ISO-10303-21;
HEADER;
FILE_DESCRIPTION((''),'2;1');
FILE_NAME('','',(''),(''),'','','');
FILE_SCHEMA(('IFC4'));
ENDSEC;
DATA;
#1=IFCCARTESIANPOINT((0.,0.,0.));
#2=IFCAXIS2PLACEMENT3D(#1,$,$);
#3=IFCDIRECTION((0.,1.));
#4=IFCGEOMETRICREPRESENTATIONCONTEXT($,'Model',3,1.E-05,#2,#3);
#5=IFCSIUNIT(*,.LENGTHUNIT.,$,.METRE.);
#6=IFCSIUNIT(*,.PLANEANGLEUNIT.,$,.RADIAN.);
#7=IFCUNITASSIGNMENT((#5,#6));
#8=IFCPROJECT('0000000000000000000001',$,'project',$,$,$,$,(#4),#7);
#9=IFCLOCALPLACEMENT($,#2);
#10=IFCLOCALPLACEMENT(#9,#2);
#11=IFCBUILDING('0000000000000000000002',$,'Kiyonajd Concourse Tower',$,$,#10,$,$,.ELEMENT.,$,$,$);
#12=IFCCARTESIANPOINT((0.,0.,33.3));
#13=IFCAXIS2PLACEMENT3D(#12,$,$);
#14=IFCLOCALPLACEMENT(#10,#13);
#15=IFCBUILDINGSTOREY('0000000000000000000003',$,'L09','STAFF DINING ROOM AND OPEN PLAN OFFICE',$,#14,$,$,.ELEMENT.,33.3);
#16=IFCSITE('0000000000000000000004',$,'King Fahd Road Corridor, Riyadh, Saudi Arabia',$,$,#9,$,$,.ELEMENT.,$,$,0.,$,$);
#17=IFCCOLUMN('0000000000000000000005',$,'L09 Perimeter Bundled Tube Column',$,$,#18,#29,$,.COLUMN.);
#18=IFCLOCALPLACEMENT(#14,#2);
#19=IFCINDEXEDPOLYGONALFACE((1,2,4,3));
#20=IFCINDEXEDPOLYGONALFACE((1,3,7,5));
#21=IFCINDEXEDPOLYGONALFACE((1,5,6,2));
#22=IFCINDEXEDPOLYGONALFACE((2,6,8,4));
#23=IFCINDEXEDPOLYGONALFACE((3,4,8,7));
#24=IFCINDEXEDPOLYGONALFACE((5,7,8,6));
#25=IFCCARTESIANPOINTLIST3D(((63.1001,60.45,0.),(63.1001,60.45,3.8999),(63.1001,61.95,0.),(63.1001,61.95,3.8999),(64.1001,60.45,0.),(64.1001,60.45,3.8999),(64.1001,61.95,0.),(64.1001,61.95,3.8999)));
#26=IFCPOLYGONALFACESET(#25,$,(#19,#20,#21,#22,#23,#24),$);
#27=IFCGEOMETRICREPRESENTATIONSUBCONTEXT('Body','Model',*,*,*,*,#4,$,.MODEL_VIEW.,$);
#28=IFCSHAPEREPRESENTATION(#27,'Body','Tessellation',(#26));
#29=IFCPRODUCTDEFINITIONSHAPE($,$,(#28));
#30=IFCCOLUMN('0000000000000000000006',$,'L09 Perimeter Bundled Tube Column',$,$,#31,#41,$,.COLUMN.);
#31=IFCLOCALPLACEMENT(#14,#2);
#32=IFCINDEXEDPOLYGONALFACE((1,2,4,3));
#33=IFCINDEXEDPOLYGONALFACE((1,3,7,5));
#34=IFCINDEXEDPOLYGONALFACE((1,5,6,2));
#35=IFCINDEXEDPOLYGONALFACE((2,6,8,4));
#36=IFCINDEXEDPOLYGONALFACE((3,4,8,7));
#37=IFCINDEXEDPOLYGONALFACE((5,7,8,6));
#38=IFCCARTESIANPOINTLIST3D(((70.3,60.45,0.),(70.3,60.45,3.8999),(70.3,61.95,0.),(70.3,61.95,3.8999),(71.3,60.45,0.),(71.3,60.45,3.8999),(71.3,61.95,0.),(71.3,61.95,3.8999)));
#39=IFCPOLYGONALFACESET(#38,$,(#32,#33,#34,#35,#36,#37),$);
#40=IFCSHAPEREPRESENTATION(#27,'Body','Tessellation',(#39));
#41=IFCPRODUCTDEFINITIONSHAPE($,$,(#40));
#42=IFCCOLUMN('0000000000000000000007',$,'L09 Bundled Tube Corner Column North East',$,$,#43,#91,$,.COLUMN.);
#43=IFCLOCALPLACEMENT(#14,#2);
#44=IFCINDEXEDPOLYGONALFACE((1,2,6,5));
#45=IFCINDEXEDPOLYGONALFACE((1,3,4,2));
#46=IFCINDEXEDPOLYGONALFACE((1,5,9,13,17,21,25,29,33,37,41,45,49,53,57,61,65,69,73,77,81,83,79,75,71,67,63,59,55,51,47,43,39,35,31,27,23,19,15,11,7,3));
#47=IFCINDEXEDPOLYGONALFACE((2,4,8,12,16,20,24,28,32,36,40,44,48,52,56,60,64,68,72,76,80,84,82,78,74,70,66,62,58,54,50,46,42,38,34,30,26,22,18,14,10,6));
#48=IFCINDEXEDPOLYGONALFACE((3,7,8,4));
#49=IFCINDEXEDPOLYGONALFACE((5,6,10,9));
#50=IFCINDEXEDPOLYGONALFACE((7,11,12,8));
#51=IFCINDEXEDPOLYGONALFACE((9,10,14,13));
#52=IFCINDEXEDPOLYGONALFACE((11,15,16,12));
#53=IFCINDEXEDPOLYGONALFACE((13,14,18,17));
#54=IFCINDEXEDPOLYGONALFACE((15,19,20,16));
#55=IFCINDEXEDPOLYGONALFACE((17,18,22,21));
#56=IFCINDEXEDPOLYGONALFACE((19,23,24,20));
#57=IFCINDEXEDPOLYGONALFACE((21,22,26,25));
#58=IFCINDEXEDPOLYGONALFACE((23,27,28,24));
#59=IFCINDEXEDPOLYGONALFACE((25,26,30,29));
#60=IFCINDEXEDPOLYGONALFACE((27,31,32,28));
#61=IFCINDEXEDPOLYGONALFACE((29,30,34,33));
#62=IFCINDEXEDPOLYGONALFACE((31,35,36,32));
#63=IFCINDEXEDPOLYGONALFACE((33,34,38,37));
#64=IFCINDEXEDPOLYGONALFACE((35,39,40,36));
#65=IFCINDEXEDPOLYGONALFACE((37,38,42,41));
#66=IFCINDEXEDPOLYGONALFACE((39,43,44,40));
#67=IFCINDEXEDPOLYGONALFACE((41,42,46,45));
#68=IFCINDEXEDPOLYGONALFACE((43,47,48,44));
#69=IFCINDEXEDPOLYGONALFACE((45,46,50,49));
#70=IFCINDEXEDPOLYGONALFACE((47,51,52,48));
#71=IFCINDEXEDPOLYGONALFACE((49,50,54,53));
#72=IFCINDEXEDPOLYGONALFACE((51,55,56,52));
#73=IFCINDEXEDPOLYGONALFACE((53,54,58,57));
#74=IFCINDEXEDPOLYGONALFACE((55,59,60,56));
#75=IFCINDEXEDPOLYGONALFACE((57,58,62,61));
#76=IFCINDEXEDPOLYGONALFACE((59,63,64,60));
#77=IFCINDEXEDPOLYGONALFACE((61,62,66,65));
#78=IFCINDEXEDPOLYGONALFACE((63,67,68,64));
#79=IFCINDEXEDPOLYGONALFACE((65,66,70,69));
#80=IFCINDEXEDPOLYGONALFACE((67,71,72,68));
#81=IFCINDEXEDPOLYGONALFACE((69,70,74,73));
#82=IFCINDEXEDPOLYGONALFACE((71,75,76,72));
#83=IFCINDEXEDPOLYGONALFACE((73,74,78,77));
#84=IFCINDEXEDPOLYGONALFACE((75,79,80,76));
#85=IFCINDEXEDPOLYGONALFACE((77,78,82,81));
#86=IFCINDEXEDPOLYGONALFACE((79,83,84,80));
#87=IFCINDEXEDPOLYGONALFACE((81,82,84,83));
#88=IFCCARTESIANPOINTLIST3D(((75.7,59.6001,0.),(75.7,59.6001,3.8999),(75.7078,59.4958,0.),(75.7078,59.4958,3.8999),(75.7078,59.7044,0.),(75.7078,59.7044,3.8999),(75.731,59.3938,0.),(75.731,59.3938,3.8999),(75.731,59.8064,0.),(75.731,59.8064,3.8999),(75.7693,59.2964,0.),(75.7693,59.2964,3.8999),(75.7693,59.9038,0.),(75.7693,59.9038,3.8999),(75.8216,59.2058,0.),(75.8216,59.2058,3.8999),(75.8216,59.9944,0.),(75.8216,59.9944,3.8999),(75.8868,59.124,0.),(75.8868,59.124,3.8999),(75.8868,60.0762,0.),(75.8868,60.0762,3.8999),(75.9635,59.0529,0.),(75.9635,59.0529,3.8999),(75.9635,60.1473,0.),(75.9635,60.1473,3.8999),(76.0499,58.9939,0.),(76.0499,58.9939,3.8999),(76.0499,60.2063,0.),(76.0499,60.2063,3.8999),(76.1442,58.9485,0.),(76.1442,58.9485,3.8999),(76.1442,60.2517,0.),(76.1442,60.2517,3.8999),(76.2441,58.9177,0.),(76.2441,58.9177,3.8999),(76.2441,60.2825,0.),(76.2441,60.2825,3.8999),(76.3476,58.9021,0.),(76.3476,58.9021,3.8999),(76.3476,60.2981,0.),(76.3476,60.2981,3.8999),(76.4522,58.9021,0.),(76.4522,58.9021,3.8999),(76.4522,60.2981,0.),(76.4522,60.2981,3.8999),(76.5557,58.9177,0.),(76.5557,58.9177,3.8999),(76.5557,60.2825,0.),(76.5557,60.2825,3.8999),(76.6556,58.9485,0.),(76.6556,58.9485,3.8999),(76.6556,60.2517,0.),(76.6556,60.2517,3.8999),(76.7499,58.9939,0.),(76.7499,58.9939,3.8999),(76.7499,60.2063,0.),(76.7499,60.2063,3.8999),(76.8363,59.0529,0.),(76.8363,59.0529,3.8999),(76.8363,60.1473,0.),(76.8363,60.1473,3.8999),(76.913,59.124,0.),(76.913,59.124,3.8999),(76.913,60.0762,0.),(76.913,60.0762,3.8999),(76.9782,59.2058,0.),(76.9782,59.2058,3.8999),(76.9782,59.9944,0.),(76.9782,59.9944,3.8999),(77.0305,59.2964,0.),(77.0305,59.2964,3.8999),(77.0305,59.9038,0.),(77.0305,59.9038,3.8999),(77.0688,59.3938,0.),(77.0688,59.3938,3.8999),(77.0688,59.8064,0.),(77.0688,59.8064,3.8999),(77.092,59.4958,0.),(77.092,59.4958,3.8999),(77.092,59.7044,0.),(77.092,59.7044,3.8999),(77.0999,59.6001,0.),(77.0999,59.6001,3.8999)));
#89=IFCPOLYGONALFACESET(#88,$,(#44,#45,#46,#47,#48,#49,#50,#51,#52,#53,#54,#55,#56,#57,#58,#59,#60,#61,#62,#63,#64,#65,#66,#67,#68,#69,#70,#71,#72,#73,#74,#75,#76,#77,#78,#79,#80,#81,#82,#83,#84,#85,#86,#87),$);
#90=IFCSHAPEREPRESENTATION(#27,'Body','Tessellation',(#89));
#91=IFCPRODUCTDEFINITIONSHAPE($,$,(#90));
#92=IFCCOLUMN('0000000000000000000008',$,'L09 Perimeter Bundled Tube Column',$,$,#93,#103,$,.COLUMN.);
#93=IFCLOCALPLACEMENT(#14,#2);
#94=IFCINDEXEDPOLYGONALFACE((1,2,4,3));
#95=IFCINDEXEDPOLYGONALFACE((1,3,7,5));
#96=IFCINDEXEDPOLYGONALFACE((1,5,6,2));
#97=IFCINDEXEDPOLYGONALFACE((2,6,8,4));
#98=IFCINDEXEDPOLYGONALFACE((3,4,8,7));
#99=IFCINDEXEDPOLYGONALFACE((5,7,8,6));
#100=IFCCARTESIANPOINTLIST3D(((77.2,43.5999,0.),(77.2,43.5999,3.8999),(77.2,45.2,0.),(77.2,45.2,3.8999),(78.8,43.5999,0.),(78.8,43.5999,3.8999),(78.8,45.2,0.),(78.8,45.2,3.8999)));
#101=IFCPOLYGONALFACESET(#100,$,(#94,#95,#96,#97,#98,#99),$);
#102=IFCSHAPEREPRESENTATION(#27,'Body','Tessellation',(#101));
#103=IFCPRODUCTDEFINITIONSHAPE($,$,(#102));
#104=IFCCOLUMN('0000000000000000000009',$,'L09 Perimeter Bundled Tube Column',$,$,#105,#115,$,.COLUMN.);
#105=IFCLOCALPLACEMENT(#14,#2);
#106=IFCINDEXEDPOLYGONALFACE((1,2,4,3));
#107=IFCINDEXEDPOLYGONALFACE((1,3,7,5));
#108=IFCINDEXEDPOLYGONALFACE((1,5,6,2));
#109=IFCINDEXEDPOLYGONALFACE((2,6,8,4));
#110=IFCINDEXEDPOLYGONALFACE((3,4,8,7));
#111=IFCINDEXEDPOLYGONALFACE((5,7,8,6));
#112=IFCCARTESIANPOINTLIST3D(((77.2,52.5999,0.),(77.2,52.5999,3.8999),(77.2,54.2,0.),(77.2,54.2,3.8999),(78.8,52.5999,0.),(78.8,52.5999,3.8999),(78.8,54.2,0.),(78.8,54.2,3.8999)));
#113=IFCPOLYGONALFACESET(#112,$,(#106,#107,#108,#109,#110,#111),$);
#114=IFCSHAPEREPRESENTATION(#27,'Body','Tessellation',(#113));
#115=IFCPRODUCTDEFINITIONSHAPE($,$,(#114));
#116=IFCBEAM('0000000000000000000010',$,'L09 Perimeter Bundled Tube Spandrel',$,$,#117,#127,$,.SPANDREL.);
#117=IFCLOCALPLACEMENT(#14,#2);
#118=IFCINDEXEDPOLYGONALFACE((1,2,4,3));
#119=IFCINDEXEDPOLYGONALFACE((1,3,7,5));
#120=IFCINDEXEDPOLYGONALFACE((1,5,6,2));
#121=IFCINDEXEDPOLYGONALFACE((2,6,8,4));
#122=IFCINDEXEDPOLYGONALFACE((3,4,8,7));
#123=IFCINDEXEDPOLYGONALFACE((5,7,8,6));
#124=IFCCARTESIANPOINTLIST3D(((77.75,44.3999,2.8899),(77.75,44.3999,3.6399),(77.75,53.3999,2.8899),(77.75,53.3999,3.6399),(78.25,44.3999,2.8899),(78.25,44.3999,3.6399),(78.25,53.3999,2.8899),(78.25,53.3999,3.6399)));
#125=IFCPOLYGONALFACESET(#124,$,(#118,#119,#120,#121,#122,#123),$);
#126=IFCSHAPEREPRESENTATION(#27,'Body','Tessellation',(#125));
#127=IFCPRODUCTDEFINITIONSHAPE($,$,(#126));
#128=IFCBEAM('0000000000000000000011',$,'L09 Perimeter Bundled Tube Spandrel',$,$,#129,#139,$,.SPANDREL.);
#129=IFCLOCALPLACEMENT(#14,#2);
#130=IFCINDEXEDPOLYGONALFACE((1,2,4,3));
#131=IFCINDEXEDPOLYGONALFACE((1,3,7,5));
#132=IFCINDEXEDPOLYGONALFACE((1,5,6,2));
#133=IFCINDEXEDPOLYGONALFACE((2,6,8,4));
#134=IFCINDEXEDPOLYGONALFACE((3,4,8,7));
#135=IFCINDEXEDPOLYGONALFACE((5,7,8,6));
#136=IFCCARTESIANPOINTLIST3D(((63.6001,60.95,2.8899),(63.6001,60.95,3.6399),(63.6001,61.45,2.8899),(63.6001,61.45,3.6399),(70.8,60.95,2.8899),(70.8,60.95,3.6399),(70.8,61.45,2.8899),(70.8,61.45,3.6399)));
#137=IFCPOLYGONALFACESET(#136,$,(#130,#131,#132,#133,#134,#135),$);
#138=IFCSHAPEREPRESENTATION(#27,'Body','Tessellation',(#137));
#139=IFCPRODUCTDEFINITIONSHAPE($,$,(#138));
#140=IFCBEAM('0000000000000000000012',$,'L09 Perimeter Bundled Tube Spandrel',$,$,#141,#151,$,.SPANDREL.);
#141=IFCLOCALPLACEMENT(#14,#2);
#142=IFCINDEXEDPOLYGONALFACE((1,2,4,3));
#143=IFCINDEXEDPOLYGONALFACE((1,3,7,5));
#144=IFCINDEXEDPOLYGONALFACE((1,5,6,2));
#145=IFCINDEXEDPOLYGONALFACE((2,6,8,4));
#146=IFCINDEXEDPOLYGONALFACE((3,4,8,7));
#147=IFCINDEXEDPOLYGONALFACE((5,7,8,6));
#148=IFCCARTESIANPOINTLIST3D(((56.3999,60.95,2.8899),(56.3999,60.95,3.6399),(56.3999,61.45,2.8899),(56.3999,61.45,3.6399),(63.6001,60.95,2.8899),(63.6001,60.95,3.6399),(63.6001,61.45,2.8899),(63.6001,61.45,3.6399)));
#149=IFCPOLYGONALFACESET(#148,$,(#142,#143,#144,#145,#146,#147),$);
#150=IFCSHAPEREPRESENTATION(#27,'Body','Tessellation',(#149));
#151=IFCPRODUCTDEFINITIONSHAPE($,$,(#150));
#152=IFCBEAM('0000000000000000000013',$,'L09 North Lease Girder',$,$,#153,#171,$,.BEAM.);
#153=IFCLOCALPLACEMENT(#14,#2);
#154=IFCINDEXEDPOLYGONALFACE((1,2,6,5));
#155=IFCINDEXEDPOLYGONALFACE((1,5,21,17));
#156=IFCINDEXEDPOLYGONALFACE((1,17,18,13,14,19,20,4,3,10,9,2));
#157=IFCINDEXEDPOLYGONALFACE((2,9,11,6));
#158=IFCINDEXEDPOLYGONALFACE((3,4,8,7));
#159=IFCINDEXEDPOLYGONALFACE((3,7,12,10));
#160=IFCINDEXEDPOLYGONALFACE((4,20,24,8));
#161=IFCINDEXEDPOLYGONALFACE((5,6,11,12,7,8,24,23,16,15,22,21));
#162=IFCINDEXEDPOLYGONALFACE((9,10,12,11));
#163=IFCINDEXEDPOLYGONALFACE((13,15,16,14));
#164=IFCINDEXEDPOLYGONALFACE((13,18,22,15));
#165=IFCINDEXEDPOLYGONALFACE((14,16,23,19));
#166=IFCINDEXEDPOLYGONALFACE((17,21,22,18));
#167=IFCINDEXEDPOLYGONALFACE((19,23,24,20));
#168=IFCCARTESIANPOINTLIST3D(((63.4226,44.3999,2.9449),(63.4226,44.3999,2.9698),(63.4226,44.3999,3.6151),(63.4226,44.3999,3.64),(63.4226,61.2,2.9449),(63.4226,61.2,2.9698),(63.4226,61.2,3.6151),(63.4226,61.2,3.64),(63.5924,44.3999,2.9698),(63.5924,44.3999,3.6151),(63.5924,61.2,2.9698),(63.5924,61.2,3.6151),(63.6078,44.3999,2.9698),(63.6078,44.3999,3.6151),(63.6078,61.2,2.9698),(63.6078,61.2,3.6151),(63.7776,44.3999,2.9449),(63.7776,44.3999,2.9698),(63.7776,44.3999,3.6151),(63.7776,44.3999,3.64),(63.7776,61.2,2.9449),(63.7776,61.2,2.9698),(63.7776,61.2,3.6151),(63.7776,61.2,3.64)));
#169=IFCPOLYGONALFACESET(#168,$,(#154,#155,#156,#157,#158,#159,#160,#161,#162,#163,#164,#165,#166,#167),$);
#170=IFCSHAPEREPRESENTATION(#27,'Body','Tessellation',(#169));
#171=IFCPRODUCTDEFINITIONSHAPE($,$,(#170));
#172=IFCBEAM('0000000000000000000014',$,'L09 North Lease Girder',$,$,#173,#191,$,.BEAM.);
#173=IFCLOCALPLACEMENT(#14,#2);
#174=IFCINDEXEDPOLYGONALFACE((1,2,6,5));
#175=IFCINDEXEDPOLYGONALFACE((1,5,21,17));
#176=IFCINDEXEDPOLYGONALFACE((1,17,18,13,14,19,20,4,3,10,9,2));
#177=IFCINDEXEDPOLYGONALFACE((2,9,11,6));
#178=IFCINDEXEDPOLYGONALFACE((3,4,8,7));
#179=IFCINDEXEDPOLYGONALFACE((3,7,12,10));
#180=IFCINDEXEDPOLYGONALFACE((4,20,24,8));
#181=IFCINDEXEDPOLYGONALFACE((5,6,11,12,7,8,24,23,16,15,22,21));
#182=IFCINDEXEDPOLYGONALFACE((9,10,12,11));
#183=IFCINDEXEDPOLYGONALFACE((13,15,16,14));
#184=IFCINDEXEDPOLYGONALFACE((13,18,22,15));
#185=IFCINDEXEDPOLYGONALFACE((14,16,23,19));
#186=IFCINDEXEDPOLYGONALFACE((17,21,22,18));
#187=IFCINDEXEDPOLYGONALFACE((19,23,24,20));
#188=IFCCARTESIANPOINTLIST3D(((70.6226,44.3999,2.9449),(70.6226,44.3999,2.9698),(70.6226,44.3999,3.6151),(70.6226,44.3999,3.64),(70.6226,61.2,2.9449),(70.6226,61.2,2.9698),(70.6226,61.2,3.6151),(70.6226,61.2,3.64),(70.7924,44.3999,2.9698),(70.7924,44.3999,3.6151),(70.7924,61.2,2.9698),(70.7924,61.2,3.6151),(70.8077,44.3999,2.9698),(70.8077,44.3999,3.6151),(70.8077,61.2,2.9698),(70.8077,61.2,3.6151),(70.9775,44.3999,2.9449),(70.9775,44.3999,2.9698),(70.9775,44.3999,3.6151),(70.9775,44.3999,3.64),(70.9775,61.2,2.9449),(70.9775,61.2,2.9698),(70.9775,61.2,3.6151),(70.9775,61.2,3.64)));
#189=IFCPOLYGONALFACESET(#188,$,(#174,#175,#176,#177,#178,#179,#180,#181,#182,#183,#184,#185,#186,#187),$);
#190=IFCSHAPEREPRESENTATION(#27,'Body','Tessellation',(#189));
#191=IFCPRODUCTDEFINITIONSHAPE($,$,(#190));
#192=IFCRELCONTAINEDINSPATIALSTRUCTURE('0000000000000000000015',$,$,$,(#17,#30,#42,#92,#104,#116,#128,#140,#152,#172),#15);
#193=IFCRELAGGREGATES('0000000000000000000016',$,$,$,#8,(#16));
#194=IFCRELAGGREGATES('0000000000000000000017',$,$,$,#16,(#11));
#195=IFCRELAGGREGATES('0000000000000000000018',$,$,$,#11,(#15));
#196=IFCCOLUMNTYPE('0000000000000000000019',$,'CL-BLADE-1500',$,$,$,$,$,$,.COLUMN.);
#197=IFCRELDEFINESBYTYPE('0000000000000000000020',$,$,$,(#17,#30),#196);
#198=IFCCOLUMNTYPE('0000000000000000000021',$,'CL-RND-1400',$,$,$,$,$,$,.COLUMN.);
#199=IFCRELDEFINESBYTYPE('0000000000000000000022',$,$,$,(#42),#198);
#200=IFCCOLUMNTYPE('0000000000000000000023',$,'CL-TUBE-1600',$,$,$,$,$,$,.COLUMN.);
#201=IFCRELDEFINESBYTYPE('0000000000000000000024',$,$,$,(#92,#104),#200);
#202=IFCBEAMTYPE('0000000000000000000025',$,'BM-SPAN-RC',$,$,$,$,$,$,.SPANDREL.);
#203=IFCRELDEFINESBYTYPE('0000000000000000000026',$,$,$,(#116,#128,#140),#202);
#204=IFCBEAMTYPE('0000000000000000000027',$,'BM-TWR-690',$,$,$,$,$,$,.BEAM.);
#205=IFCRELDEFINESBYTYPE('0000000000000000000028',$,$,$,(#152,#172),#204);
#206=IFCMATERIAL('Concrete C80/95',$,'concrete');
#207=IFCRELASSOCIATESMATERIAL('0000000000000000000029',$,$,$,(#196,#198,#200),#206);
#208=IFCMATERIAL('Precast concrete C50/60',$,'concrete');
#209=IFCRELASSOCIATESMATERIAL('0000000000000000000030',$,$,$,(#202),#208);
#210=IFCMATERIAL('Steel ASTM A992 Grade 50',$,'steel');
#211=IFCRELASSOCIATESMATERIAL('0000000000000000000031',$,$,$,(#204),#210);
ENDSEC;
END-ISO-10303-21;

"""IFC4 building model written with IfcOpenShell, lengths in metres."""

from ifc_helpers import new_model, si_unit, direction, frame, origin, origin_2d, place, context, subcontext, project, spatial, rectangle, circle, i_section, extrude, material, material_profile, profile_set, type_object, element, save


model = new_model("IFC4")

# Units and contexts
model_context = context("Model", 3, precision=1e-05, world=origin(), true_north=direction((0.0, 1.0)))
body_context = subcontext(model_context, "Body", "Model", "MODEL_VIEW")
ifc_project = project(units=[si_unit("LENGTHUNIT", "METRE"), si_unit("PLANEANGLEUNIT", "RADIAN")], contexts=[model_context])

# Site, building, storey
site_placement = place(None, origin())
site = spatial("IfcSite", under=ifc_project, at=site_placement, Name="King Fahd Road Corridor, Riyadh, Saudi Arabia", CompositionType="ELEMENT", RefElevation=0.0)
building_placement = place(site_placement, origin())
building = spatial("IfcBuilding", under=site, at=building_placement, Name="Kiyonajd Concourse Tower", CompositionType="ELEMENT")
storey_placement = place(building_placement, frame((0.0, 0.0, 33.3)))
storey = spatial("IfcBuildingStorey", under=building, at=storey_placement, Name="L09", Description="STAFF DINING ROOM AND OPEN PLAN OFFICE", CompositionType="ELEMENT", Elevation=33.3)

# Columns
ifc_material_1 = material(Name="Concrete C80/95", Category="concrete")
ifc_material_profile_1 = material_profile(ifc_material_1, rectangle(XDim=1.0, YDim=1.5, at=origin_2d()), Name="RC-1500x1000")
ifc_profile_set_1 = profile_set([ifc_material_profile_1], Name="Concrete C80/95")
column_type_1 = type_object("IfcColumnType", Name="CL-BLADE-1500", PredefinedType="COLUMN", material=ifc_profile_set_1)
for number, where, z_axis, x_axis, name in (
    (1, (63.6001, 61.2, 0.0), (0.0, 0.0, 1.0), (1.0, 0.0, 0.0), "L09 Perimeter Bundled Tube Column"),
    (2, (70.8, 61.2, 0.0), (0.0, 0.0, 1.0), (1.0, 0.0, 0.0), "L09 Perimeter Bundled Tube Column"),
):
    element("IfcColumn", number, at=place(storey_placement, frame(where, z_axis=z_axis, x_axis=x_axis)), inside=storey, type_object=column_type_1, Name=name, PredefinedType="COLUMN", context=body_context, shape_type="SweptSolid", body=[
        extrude(rectangle(XDim=1.0, YDim=1.5, at=origin_2d()), origin(), (0.0, 0.0, 1.0), 3.8999),
    ])
ifc_material_profile_2 = material_profile(ifc_material_1, circle(Radius=0.7, at=origin_2d()), Name="RCC-D1400")
ifc_profile_set_2 = profile_set([ifc_material_profile_2], Name="Concrete C80/95")
column_type_2 = type_object("IfcColumnType", Name="CL-RND-1400", PredefinedType="COLUMN", material=ifc_profile_set_2)
column_placement = place(storey_placement, frame((76.3999, 59.6001, 0.0), z_axis=(0.0, 0.0, 1.0), x_axis=(1.0, 0.0, 0.0)))
element("IfcColumn", 3, at=column_placement, inside=storey, type_object=column_type_2, Name="L09 Bundled Tube Corner Column North East", PredefinedType="COLUMN", context=body_context, shape_type="SweptSolid", body=[
    extrude(circle(Radius=0.7, at=origin_2d()), origin(), (0.0, 0.0, 1.0), 3.8999),
])
ifc_material_profile_3 = material_profile(ifc_material_1, rectangle(XDim=1.6001, YDim=1.6001, at=origin_2d()), Name="RC-1600x1600")
ifc_profile_set_3 = profile_set([ifc_material_profile_3], Name="Concrete C80/95")
column_type_3 = type_object("IfcColumnType", Name="CL-TUBE-1600", PredefinedType="COLUMN", material=ifc_profile_set_3)
for number, where, z_axis, x_axis, name in (
    (4, (78.0, 44.3999, 0.0), (0.0, 0.0, 1.0), (1.0, 0.0, 0.0), "L09 Perimeter Bundled Tube Column"),
    (5, (78.0, 53.3999, 0.0), (0.0, 0.0, 1.0), (1.0, 0.0, 0.0), "L09 Perimeter Bundled Tube Column"),
):
    element("IfcColumn", number, at=place(storey_placement, frame(where, z_axis=z_axis, x_axis=x_axis)), inside=storey, type_object=column_type_3, Name=name, PredefinedType="COLUMN", context=body_context, shape_type="SweptSolid", body=[
        extrude(rectangle(XDim=1.6001, YDim=1.6001, at=origin_2d()), origin(), (0.0, 0.0, 1.0), 3.8999),
    ])

# Beams
ifc_material_2 = material(Name="Precast concrete C50/60", Category="concrete")
ifc_material_profile_4 = material_profile(ifc_material_2, rectangle(XDim=0.5, YDim=0.75, at=origin_2d()), Name="RCBM-500x750")
ifc_profile_set_4 = profile_set([ifc_material_profile_4], Name="Precast concrete C50/60")
beam_type_1 = type_object("IfcBeamType", Name="BM-SPAN-RC", PredefinedType="SPANDREL", material=ifc_profile_set_4)
beam_1_placement = place(storey_placement, frame((78.0, 44.3999, 3.2649), z_axis=(0.0, 1.0, 0.0), x_axis=(-1.0, 0.0, 0.0)))
element("IfcBeam", 6, at=beam_1_placement, inside=storey, type_object=beam_type_1, Name="L09 Perimeter Bundled Tube Spandrel", PredefinedType="SPANDREL", context=body_context, shape_type="SweptSolid", body=[
    extrude(rectangle(XDim=0.5, YDim=0.75, at=origin_2d()), origin(), (0.0, 0.0, 1.0), 9.0),
])
beam_2_placement = place(storey_placement, frame((70.8, 61.2, 3.2649), z_axis=(-1.0, 0.0, 0.0), x_axis=(0.0, -1.0, 0.0)))
element("IfcBeam", 7, at=beam_2_placement, inside=storey, type_object=beam_type_1, Name="L09 Perimeter Bundled Tube Spandrel", PredefinedType="SPANDREL", context=body_context, shape_type="SweptSolid", body=[
    extrude(rectangle(XDim=0.5, YDim=0.75, at=origin_2d()), origin(), (0.0, 0.0, 1.0), 7.2),
])
beam_3_placement = place(storey_placement, frame((63.6001, 61.2, 3.2649), z_axis=(-1.0, 0.0, 0.0), x_axis=(0.0, -1.0, 0.0)))
element("IfcBeam", 8, at=beam_3_placement, inside=storey, type_object=beam_type_1, Name="L09 Perimeter Bundled Tube Spandrel", PredefinedType="SPANDREL", context=body_context, shape_type="SweptSolid", body=[
    extrude(rectangle(XDim=0.5, YDim=0.75, at=origin_2d()), origin(), (0.0, 0.0, 1.0), 7.2002),
])
ifc_material_3 = material(Name="Steel ASTM A992 Grade 50", Category="steel")
ifc_material_profile_5 = material_profile(ifc_material_3, i_section(OverallWidth=0.355, OverallDepth=0.6951, WebThickness=0.0154, FlangeThickness=0.0249, at=origin_2d()), Name="W690X217")
ifc_profile_set_5 = profile_set([ifc_material_profile_5], Name="Steel ASTM A992 Grade 50")
beam_type_2 = type_object("IfcBeamType", Name="BM-TWR-690", PredefinedType="BEAM", material=ifc_profile_set_5)
for number, where, z_axis, x_axis, name in (
    (9, (63.6001, 44.3999, 3.2925), (0.0, 1.0, 0.0), (-1.0, 0.0, 0.0), "L09 North Lease Girder"),
    (10, (70.8, 44.3999, 3.2925), (0.0, 1.0, 0.0), (-1.0, 0.0, 0.0), "L09 North Lease Girder"),
):
    element("IfcBeam", number, at=place(storey_placement, frame(where, z_axis=z_axis, x_axis=x_axis)), inside=storey, type_object=beam_type_2, Name=name, PredefinedType="BEAM", context=body_context, shape_type="SweptSolid", body=[
        extrude(i_section(OverallWidth=0.355, OverallDepth=0.6951, WebThickness=0.0154, FlangeThickness=0.0249, at=origin_2d()), origin(), (0.0, 0.0, 1.0), 16.8),
    ])

save(model, "model.ifc")
